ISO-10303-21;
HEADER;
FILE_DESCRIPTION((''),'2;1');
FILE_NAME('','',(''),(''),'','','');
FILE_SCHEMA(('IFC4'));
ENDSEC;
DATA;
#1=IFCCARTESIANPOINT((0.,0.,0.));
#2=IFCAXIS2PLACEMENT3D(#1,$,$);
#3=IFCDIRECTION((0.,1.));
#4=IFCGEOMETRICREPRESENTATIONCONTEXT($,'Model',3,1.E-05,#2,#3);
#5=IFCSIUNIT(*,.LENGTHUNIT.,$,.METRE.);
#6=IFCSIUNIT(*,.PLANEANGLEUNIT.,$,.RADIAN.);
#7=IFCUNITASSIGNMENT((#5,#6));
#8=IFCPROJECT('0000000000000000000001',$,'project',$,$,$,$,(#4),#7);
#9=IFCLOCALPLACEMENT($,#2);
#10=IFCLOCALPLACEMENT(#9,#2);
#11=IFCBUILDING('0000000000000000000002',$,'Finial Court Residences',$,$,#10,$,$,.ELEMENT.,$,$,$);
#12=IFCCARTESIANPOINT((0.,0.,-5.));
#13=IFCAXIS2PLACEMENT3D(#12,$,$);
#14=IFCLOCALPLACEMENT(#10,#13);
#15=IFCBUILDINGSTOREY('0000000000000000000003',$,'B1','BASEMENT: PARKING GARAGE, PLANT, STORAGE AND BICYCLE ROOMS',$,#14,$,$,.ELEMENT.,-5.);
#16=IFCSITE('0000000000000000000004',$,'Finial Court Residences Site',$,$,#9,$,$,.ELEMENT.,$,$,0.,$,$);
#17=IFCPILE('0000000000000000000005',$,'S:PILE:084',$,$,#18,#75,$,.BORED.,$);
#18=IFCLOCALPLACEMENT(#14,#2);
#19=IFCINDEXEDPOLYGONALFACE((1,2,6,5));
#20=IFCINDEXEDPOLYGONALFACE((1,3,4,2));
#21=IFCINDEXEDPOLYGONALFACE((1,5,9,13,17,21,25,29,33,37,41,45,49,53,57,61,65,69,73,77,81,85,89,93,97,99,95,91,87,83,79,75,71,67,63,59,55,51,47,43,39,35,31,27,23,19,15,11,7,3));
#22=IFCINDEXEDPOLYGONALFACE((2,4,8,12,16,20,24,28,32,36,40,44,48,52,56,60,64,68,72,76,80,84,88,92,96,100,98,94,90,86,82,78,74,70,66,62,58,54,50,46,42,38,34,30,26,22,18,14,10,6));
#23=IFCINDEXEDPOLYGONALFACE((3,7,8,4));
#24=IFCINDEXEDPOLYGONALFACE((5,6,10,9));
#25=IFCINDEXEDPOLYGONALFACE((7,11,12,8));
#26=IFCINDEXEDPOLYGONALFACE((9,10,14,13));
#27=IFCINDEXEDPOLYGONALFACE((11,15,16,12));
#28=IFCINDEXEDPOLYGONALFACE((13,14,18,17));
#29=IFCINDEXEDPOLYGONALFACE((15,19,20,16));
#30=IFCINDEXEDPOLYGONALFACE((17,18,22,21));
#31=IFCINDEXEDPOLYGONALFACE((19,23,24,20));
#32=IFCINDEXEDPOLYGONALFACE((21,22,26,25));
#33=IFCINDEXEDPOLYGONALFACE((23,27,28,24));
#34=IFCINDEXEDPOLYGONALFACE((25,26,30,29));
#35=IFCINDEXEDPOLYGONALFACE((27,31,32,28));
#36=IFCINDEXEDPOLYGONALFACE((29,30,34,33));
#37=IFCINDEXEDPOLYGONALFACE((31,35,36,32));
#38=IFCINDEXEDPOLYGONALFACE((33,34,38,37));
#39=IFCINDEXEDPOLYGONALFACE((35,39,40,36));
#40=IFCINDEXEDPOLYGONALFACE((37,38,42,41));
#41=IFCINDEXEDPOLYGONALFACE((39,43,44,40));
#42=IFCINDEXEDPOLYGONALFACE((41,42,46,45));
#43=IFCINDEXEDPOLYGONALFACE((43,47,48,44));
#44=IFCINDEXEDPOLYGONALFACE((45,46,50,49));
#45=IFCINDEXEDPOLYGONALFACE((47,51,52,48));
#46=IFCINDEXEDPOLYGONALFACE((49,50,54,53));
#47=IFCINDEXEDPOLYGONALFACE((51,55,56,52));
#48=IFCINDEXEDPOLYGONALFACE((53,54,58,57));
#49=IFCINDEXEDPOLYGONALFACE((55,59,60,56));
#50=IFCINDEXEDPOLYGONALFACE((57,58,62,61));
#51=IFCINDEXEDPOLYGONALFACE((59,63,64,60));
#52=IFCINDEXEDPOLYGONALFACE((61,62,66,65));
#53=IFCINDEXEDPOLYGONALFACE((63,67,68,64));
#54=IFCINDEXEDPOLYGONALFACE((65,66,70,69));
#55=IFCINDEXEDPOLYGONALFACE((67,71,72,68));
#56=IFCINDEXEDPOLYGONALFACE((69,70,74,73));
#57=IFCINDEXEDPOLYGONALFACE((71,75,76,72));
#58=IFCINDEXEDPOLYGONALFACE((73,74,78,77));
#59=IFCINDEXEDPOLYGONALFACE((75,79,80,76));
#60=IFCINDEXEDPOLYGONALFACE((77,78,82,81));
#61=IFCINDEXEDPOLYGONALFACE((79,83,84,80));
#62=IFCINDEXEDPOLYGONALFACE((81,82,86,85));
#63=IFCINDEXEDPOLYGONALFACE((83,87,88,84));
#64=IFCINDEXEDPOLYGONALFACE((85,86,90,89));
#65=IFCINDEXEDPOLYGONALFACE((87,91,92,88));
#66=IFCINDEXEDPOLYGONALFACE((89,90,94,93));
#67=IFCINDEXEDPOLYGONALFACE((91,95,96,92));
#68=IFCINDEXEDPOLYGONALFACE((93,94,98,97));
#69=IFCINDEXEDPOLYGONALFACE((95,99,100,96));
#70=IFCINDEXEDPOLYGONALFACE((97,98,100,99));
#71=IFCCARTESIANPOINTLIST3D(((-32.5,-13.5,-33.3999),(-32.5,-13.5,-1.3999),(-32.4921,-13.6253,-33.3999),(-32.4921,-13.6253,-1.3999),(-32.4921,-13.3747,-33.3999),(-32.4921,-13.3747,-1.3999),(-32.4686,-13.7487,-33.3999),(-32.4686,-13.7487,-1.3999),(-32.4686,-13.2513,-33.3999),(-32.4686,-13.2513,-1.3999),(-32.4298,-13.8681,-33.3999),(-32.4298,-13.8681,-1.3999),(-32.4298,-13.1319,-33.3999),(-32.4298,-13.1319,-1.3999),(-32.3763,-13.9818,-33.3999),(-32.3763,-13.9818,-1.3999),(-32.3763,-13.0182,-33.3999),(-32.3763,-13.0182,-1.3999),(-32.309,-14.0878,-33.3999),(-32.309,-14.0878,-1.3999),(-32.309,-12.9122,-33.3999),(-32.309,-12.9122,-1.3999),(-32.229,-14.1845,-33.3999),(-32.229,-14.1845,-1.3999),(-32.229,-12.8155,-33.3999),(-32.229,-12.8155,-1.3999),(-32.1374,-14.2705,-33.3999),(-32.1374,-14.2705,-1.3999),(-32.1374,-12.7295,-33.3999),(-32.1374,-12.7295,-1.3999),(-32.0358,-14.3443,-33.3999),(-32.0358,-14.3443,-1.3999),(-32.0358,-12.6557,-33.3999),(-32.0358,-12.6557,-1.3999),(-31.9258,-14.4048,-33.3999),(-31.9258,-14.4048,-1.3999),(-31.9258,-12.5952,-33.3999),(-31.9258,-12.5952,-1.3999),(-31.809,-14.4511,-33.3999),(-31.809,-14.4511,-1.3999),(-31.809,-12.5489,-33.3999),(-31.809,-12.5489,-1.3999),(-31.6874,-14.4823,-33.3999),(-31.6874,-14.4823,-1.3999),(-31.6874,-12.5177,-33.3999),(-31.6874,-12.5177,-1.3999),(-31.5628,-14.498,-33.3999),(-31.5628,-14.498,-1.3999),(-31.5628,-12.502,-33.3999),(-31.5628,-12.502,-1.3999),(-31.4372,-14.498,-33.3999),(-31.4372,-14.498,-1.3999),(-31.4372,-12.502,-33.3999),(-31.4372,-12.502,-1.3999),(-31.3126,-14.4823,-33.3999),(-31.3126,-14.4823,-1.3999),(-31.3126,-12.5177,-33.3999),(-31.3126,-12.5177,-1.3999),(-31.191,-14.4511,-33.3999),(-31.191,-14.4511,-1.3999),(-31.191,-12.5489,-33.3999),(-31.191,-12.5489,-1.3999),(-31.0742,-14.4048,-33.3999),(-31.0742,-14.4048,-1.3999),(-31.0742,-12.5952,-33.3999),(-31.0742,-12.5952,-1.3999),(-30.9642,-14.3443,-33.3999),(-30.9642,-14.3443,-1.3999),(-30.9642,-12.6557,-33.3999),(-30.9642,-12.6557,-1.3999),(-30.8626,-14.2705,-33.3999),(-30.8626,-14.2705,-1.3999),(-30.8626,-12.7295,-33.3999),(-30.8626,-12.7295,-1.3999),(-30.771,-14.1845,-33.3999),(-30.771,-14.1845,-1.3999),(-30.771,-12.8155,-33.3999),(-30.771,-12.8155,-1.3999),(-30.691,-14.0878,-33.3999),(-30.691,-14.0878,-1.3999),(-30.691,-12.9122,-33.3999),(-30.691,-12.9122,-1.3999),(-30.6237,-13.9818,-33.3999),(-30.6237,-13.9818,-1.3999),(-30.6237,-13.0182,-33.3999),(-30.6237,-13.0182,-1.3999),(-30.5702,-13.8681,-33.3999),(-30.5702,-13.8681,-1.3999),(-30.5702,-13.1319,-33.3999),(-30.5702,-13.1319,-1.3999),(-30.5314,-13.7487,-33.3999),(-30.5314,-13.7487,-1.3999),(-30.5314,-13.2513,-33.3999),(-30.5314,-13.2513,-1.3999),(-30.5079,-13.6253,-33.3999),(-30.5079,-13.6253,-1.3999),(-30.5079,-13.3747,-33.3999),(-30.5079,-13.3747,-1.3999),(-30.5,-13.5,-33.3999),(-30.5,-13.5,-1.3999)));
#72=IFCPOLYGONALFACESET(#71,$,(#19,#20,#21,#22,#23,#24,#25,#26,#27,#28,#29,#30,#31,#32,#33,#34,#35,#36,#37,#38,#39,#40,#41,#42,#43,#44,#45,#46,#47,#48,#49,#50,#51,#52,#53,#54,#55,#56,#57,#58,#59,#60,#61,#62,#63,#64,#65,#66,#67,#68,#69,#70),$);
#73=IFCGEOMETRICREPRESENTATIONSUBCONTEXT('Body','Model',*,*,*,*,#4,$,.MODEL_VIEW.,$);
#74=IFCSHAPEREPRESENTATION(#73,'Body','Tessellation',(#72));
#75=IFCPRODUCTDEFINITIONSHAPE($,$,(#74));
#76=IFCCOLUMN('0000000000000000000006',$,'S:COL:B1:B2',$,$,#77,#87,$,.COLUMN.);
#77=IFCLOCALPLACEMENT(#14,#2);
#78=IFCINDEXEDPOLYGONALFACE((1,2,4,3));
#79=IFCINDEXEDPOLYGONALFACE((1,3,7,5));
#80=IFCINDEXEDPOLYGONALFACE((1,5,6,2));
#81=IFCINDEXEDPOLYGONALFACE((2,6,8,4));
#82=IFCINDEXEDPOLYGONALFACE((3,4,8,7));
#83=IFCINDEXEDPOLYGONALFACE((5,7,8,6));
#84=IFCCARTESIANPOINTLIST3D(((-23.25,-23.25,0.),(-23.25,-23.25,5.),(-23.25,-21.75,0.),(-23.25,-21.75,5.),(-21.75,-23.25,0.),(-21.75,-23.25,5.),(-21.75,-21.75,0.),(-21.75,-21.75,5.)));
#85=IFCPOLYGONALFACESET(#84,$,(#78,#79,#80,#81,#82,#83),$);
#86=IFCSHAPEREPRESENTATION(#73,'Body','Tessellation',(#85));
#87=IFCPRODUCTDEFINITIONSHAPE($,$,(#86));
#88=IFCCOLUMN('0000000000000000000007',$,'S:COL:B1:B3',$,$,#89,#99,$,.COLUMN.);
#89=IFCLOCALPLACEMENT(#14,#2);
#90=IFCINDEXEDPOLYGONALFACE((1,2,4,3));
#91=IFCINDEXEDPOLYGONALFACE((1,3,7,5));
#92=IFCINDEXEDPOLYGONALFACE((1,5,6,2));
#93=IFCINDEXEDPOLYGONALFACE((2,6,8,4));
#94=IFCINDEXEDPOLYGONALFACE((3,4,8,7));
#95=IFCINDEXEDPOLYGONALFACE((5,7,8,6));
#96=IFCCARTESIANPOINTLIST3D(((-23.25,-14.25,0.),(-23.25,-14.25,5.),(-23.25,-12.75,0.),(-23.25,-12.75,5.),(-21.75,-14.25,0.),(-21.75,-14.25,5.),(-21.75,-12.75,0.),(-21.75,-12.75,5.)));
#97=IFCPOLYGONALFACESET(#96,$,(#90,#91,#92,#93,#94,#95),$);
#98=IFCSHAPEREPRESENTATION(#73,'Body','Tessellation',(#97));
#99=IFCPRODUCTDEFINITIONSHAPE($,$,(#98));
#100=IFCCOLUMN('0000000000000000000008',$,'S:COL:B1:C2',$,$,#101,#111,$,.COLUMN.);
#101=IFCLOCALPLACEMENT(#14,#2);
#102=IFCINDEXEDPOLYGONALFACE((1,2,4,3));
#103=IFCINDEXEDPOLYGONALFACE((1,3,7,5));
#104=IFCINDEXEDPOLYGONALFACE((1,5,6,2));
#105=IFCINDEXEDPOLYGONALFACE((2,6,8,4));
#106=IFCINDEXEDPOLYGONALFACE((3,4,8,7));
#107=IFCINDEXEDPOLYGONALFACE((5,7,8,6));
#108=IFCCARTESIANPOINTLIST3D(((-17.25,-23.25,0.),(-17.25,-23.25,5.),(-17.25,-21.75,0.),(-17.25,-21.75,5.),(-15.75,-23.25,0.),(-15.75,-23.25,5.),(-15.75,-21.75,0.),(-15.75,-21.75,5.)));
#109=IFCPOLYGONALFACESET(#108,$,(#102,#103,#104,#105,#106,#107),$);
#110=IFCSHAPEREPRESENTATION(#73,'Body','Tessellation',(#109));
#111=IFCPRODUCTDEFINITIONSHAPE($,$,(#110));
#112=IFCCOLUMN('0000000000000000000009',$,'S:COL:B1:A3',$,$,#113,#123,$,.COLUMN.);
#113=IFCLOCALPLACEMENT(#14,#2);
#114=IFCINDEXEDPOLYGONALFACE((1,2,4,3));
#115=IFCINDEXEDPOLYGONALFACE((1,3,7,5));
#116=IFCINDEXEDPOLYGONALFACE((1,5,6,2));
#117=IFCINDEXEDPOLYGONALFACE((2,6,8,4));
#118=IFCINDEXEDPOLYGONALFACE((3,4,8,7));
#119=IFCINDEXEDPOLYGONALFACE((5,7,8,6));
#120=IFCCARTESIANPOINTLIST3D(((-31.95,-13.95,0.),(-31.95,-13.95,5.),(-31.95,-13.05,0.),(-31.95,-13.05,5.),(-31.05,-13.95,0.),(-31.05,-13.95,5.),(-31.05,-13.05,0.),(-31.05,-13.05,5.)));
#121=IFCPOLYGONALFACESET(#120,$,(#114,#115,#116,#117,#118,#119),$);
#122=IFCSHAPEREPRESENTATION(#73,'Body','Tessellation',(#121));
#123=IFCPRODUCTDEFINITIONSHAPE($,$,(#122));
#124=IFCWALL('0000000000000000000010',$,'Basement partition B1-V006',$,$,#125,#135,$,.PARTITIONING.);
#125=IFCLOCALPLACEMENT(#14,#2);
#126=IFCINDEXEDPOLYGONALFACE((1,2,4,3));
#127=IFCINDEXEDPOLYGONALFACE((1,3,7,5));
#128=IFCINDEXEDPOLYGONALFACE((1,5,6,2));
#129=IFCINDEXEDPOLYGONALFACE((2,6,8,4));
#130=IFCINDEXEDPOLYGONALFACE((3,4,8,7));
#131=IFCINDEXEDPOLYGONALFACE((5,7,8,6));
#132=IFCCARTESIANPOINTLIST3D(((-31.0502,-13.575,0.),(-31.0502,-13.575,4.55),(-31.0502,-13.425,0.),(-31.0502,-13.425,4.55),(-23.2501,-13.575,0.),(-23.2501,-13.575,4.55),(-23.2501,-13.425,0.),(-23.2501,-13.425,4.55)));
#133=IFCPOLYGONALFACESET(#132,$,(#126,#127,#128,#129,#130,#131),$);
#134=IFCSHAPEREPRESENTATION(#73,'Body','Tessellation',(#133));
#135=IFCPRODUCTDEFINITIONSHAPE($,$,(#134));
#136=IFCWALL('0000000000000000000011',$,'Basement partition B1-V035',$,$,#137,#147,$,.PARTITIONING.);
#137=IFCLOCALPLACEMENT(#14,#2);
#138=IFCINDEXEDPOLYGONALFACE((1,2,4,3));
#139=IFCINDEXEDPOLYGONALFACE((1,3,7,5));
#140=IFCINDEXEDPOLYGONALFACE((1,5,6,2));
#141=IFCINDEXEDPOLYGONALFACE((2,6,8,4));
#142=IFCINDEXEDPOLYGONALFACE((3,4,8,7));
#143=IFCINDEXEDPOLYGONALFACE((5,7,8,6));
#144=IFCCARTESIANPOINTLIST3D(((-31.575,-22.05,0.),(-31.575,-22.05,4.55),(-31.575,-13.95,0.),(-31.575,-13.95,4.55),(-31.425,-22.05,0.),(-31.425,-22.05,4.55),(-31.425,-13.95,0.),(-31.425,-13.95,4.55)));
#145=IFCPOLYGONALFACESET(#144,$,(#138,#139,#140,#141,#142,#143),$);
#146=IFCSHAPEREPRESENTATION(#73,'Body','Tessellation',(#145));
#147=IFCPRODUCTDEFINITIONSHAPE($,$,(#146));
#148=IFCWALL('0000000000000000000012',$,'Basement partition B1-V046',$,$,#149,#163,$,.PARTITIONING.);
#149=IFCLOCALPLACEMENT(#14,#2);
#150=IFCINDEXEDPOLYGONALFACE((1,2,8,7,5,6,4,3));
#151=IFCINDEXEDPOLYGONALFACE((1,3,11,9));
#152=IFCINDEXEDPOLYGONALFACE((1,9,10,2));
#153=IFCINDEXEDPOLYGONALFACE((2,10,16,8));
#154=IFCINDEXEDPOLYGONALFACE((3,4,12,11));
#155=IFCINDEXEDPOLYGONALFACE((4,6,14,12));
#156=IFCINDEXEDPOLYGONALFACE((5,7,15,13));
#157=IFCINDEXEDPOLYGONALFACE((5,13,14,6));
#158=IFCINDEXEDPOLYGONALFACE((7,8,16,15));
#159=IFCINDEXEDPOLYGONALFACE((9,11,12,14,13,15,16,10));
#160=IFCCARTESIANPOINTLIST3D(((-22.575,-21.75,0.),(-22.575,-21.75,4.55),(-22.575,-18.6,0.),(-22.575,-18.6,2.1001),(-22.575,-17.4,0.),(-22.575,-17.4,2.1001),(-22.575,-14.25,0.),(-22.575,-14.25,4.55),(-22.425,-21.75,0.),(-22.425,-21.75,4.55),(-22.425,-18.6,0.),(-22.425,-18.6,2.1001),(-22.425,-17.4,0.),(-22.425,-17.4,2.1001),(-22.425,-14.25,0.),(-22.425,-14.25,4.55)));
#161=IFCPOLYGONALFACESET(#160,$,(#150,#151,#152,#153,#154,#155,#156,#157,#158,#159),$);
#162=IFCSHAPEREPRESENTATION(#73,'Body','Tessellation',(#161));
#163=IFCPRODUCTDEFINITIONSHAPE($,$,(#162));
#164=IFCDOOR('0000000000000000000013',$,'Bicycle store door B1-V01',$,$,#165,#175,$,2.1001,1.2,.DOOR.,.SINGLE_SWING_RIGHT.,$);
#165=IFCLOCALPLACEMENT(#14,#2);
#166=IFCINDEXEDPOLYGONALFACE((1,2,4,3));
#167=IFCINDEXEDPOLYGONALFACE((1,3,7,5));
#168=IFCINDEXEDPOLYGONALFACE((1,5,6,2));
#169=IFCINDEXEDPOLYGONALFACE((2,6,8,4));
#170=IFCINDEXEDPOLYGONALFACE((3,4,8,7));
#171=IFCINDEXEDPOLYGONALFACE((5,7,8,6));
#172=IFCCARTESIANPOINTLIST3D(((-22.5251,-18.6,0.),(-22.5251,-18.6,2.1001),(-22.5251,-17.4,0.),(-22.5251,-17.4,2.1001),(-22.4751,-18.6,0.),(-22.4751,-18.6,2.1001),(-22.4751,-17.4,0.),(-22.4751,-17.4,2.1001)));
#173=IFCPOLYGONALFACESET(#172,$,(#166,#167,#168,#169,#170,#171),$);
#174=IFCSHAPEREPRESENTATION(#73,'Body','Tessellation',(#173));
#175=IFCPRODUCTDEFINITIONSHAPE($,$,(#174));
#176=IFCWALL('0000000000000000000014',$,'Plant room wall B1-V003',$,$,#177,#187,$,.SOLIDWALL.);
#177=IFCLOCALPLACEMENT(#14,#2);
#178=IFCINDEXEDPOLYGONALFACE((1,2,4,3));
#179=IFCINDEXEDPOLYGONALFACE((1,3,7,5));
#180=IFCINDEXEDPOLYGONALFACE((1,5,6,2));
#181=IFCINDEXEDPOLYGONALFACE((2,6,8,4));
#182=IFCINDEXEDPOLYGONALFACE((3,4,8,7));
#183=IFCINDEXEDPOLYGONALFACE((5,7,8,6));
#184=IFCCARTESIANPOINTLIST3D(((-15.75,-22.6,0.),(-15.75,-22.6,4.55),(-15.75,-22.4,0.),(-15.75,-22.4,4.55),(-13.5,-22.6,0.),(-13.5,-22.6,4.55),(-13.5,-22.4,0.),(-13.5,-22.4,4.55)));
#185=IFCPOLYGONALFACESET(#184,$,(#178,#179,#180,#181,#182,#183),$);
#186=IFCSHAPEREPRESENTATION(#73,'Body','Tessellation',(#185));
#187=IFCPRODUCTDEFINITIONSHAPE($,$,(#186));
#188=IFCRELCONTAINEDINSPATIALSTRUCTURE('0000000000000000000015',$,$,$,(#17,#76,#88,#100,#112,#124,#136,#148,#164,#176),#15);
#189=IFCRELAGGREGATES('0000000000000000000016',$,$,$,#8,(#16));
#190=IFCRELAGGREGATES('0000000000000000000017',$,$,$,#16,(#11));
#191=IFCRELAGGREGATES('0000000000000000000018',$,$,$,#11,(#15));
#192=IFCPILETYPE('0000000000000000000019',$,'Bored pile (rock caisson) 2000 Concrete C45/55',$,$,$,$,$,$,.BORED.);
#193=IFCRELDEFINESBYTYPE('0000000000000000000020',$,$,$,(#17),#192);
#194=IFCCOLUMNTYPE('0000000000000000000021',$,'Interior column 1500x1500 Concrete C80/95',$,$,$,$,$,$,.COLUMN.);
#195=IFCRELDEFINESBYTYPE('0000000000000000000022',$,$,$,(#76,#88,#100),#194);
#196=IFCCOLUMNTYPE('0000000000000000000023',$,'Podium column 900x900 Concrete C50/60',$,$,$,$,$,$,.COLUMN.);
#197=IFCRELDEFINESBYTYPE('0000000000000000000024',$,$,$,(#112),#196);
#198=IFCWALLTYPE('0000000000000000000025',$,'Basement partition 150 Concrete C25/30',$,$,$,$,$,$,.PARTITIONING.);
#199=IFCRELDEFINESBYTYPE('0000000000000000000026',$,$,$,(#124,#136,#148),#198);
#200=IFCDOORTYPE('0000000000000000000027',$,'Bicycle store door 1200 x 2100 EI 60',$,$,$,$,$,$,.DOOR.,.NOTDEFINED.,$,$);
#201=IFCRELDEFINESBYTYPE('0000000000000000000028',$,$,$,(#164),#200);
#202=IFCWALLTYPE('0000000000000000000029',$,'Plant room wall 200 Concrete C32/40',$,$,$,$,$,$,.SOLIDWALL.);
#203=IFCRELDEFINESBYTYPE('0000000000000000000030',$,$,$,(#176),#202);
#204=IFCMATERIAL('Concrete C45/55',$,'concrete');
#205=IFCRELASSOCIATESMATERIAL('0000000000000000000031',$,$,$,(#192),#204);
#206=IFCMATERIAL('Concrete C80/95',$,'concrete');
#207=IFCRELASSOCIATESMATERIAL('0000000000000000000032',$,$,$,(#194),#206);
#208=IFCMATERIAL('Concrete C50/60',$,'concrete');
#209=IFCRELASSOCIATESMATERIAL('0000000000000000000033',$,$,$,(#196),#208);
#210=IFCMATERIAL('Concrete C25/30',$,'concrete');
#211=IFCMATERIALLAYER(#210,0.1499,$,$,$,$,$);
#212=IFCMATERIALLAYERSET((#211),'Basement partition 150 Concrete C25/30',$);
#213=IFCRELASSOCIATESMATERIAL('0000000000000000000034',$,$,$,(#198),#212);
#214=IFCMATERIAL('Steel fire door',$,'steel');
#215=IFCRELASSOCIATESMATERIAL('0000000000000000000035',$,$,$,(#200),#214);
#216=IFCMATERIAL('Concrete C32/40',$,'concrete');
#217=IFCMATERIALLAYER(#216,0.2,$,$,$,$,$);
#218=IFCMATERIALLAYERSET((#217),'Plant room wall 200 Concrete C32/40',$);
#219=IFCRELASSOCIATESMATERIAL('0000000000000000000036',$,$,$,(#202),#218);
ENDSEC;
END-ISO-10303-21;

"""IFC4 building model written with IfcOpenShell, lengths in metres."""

from ifc_helpers import new_model, si_unit, direction, frame, frame_2d, origin, origin_2d, place, context, subcontext, project, spatial, rectangle, circle, extrude, material, layer, layer_set, material_profile, profile_set, type_object, element, fill, save


model = new_model("IFC4")

# Units and contexts
model_context = context("Model", 3, precision=1e-05, world=origin(), true_north=direction((0.0, 1.0)))
body_context = subcontext(model_context, "Body", "Model", "MODEL_VIEW")
ifc_project = project(units=[si_unit("LENGTHUNIT", "METRE"), si_unit("PLANEANGLEUNIT", "RADIAN")], contexts=[model_context])

# Site, building, storey
site_placement = place(None, origin())
site = spatial("IfcSite", under=ifc_project, at=site_placement, Name="Finial Court Residences Site", CompositionType="ELEMENT", RefElevation=0.0)
building_placement = place(site_placement, origin())
building = spatial("IfcBuilding", under=site, at=building_placement, Name="Finial Court Residences", CompositionType="ELEMENT")
storey_placement = place(building_placement, frame((0.0, 0.0, -5.0)))
storey = spatial("IfcBuildingStorey", under=building, at=storey_placement, Name="B1", Description="BASEMENT: PARKING GARAGE, PLANT, STORAGE AND BICYCLE ROOMS", CompositionType="ELEMENT", Elevation=-5.0)

# Pile
ifc_material_1 = material(Name="Concrete C45/55", Category="concrete")
ifc_material_profile_1 = material_profile(ifc_material_1, circle(Radius=1.0, at=origin_2d()), Name="D2000")
ifc_profile_set_1 = profile_set([ifc_material_profile_1], Name="Concrete C45/55")
pile_type = type_object("IfcPileType", Name="Bored pile (rock caisson) 2000 Concrete C45/55", PredefinedType="BORED", material=ifc_profile_set_1)
for number, where, z_axis, x_axis, name in (
    (1, (-31.5, -13.5, -1.3999), (0.0, 0.0, -1.0), (1.0, 0.0, 0.0), "S:PILE:084"),
):
    element("IfcPile", number, at=place(storey_placement, frame(where, z_axis=z_axis, x_axis=x_axis)), inside=storey, type_object=pile_type, Name=name, PredefinedType="BORED", context=body_context, shape_type="SweptSolid", body=[
        extrude(circle(Radius=1.0, at=origin_2d()), origin(), (0.0, 0.0, 1.0), 32.0),
    ])

# Columns
ifc_material_2 = material(Name="Concrete C80/95", Category="concrete")
ifc_material_profile_2 = material_profile(ifc_material_2, rectangle(XDim=1.5, YDim=1.5, at=origin_2d()), Name="1500x1500")
ifc_profile_set_2 = profile_set([ifc_material_profile_2], Name="Concrete C80/95")
column_type_1 = type_object("IfcColumnType", Name="Interior column 1500x1500 Concrete C80/95", PredefinedType="COLUMN", material=ifc_profile_set_2)
for number, where, z_axis, x_axis, name in (
    (2, (-22.5, -22.5, 0.0), (0.0, 0.0, 1.0), (1.0, 0.0, 0.0), "S:COL:B1:B2"),
    (3, (-22.5, -13.5, 0.0), (0.0, 0.0, 1.0), (1.0, 0.0, 0.0), "S:COL:B1:B3"),
    (4, (-16.5, -22.5, 0.0), (0.0, 0.0, 1.0), (1.0, 0.0, 0.0), "S:COL:B1:C2"),
):
    element("IfcColumn", number, at=place(storey_placement, frame(where, z_axis=z_axis, x_axis=x_axis)), inside=storey, type_object=column_type_1, Name=name, PredefinedType="COLUMN", context=body_context, shape_type="SweptSolid", body=[
        extrude(rectangle(XDim=1.5, YDim=1.5, at=origin_2d()), origin(), (0.0, 0.0, 1.0), 5.0),
    ])
ifc_material_3 = material(Name="Concrete C50/60", Category="concrete")
ifc_material_profile_3 = material_profile(ifc_material_3, rectangle(XDim=0.8999, YDim=0.8999, at=origin_2d()), Name="900x900")
ifc_profile_set_3 = profile_set([ifc_material_profile_3], Name="Concrete C50/60")
column_type_2 = type_object("IfcColumnType", Name="Podium column 900x900 Concrete C50/60", PredefinedType="COLUMN", material=ifc_profile_set_3)
column_placement = place(storey_placement, frame((-31.5, -13.5, 0.0), z_axis=(0.0, 0.0, 1.0), x_axis=(1.0, 0.0, 0.0)))
element("IfcColumn", 5, at=column_placement, inside=storey, type_object=column_type_2, Name="S:COL:B1:A3", PredefinedType="COLUMN", context=body_context, shape_type="SweptSolid", body=[
    extrude(rectangle(XDim=0.8999, YDim=0.8999, at=origin_2d()), origin(), (0.0, 0.0, 1.0), 5.0),
])

# Walls
ifc_material_4 = material(Name="Concrete C25/30", Category="concrete")
ifc_layer_1 = layer(ifc_material_4, 0.1499)
ifc_layer_set_1 = layer_set([ifc_layer_1], Name="Basement partition 150 Concrete C25/30")
wall_type_1 = type_object("IfcWallType", Name="Basement partition 150 Concrete C25/30", PredefinedType="PARTITIONING", material=ifc_layer_set_1)
wall_1_placement = place(storey_placement, frame((-31.05, -13.5, 0.0), z_axis=(0.0, 0.0, 1.0), x_axis=(1.0, 0.0, 0.0)))
element("IfcWall", 6, at=wall_1_placement, inside=storey, type_object=wall_type_1, Name="Basement partition B1-V006", PredefinedType="PARTITIONING", context=body_context, shape_type="SweptSolid", body=[
    extrude(rectangle(XDim=7.8, YDim=0.1499, at=frame_2d((3.8999, 0.0))), origin(), (0.0, 0.0, 1.0), 4.55),
])
wall_2_placement = place(storey_placement, frame((-31.5, -22.05, 0.0), z_axis=(0.0, 0.0, 1.0), x_axis=(0.0, 1.0, 0.0)))
element("IfcWall", 7, at=wall_2_placement, inside=storey, type_object=wall_type_1, Name="Basement partition B1-V035", PredefinedType="PARTITIONING", context=body_context, shape_type="SweptSolid", body=[
    extrude(rectangle(XDim=8.1001, YDim=0.1499, at=frame_2d((4.05, 0.0))), origin(), (0.0, 0.0, 1.0), 4.55),
])

# Wall, opening, door
wall_3_placement = place(storey_placement, frame((-22.5, -14.25, 0.0), z_axis=(0.0, 0.0, 1.0), x_axis=(0.0, -1.0, 0.0)))
wall_3 = element("IfcWall", 8, at=wall_3_placement, inside=storey, type_object=wall_type_1, Name="Basement partition B1-V046", PredefinedType="PARTITIONING", context=body_context, shape_type="SweptSolid", body=[
    extrude(rectangle(XDim=7.5, YDim=0.1499, at=frame_2d((3.75, 0.0))), origin(), (0.0, 0.0, 1.0), 4.55),
])
opening_1_placement = place(wall_3_placement, frame((3.1499, 0.0, 0.0)))
opening_1 = element("IfcOpeningElement", 9, at=opening_1_placement, cuts=wall_3, PredefinedType="OPENING", context=body_context, shape_type="SweptSolid", body=[
    extrude(rectangle(XDim=1.2, YDim=2.1001, at=frame_2d((0.6001, 1.05))), frame((0.0, 0.085, 0.0), z_axis=(0.0, -1.0, 0.0), x_axis=(1.0, 0.0, 0.0)), (0.0, 0.0, 1.0), 0.1699),
])
ifc_material_5 = material(Name="Steel fire door", Category="steel")
door_type_1 = type_object("IfcDoorType", Name="Bicycle store door 1200 x 2100 EI 60", OperationType="NOTDEFINED", PredefinedType="DOOR", material=ifc_material_5)
door_1_placement = place(opening_1_placement, origin())
door_1 = element("IfcDoor", 10, at=door_1_placement, inside=storey, type_object=door_type_1, Name="Bicycle store door B1-V01", OperationType="SINGLE_SWING_RIGHT", OverallHeight=2.1001, OverallWidth=1.2, PredefinedType="DOOR", context=body_context, shape_type="SweptSolid", body=[
    extrude(rectangle(XDim=1.2, YDim=2.1001, at=frame_2d((0.6001, 1.05))), frame((0.0, 0.0249, 0.0), z_axis=(0.0, -1.0, 0.0), x_axis=(1.0, 0.0, 0.0)), (0.0, 0.0, 1.0), 0.05),
])
fill(opening_1, door_1)

# Wall
ifc_material_6 = material(Name="Concrete C32/40", Category="concrete")
ifc_layer_2 = layer(ifc_material_6, 0.2)
ifc_layer_set_2 = layer_set([ifc_layer_2], Name="Plant room wall 200 Concrete C32/40")
wall_type_2 = type_object("IfcWallType", Name="Plant room wall 200 Concrete C32/40", PredefinedType="SOLIDWALL", material=ifc_layer_set_2)
wall_4_placement = place(storey_placement, frame((-15.75, -22.5, 0.0), z_axis=(0.0, 0.0, 1.0), x_axis=(1.0, 0.0, 0.0)))
element("IfcWall", 11, at=wall_4_placement, inside=storey, type_object=wall_type_2, Name="Plant room wall B1-V003", PredefinedType="SOLIDWALL", context=body_context, shape_type="SweptSolid", body=[
    extrude(rectangle(XDim=2.25, YDim=0.2, at=frame_2d((1.125, 0.0))), origin(), (0.0, 0.0, 1.0), 4.55),
])

save(model, "model.ifc")
